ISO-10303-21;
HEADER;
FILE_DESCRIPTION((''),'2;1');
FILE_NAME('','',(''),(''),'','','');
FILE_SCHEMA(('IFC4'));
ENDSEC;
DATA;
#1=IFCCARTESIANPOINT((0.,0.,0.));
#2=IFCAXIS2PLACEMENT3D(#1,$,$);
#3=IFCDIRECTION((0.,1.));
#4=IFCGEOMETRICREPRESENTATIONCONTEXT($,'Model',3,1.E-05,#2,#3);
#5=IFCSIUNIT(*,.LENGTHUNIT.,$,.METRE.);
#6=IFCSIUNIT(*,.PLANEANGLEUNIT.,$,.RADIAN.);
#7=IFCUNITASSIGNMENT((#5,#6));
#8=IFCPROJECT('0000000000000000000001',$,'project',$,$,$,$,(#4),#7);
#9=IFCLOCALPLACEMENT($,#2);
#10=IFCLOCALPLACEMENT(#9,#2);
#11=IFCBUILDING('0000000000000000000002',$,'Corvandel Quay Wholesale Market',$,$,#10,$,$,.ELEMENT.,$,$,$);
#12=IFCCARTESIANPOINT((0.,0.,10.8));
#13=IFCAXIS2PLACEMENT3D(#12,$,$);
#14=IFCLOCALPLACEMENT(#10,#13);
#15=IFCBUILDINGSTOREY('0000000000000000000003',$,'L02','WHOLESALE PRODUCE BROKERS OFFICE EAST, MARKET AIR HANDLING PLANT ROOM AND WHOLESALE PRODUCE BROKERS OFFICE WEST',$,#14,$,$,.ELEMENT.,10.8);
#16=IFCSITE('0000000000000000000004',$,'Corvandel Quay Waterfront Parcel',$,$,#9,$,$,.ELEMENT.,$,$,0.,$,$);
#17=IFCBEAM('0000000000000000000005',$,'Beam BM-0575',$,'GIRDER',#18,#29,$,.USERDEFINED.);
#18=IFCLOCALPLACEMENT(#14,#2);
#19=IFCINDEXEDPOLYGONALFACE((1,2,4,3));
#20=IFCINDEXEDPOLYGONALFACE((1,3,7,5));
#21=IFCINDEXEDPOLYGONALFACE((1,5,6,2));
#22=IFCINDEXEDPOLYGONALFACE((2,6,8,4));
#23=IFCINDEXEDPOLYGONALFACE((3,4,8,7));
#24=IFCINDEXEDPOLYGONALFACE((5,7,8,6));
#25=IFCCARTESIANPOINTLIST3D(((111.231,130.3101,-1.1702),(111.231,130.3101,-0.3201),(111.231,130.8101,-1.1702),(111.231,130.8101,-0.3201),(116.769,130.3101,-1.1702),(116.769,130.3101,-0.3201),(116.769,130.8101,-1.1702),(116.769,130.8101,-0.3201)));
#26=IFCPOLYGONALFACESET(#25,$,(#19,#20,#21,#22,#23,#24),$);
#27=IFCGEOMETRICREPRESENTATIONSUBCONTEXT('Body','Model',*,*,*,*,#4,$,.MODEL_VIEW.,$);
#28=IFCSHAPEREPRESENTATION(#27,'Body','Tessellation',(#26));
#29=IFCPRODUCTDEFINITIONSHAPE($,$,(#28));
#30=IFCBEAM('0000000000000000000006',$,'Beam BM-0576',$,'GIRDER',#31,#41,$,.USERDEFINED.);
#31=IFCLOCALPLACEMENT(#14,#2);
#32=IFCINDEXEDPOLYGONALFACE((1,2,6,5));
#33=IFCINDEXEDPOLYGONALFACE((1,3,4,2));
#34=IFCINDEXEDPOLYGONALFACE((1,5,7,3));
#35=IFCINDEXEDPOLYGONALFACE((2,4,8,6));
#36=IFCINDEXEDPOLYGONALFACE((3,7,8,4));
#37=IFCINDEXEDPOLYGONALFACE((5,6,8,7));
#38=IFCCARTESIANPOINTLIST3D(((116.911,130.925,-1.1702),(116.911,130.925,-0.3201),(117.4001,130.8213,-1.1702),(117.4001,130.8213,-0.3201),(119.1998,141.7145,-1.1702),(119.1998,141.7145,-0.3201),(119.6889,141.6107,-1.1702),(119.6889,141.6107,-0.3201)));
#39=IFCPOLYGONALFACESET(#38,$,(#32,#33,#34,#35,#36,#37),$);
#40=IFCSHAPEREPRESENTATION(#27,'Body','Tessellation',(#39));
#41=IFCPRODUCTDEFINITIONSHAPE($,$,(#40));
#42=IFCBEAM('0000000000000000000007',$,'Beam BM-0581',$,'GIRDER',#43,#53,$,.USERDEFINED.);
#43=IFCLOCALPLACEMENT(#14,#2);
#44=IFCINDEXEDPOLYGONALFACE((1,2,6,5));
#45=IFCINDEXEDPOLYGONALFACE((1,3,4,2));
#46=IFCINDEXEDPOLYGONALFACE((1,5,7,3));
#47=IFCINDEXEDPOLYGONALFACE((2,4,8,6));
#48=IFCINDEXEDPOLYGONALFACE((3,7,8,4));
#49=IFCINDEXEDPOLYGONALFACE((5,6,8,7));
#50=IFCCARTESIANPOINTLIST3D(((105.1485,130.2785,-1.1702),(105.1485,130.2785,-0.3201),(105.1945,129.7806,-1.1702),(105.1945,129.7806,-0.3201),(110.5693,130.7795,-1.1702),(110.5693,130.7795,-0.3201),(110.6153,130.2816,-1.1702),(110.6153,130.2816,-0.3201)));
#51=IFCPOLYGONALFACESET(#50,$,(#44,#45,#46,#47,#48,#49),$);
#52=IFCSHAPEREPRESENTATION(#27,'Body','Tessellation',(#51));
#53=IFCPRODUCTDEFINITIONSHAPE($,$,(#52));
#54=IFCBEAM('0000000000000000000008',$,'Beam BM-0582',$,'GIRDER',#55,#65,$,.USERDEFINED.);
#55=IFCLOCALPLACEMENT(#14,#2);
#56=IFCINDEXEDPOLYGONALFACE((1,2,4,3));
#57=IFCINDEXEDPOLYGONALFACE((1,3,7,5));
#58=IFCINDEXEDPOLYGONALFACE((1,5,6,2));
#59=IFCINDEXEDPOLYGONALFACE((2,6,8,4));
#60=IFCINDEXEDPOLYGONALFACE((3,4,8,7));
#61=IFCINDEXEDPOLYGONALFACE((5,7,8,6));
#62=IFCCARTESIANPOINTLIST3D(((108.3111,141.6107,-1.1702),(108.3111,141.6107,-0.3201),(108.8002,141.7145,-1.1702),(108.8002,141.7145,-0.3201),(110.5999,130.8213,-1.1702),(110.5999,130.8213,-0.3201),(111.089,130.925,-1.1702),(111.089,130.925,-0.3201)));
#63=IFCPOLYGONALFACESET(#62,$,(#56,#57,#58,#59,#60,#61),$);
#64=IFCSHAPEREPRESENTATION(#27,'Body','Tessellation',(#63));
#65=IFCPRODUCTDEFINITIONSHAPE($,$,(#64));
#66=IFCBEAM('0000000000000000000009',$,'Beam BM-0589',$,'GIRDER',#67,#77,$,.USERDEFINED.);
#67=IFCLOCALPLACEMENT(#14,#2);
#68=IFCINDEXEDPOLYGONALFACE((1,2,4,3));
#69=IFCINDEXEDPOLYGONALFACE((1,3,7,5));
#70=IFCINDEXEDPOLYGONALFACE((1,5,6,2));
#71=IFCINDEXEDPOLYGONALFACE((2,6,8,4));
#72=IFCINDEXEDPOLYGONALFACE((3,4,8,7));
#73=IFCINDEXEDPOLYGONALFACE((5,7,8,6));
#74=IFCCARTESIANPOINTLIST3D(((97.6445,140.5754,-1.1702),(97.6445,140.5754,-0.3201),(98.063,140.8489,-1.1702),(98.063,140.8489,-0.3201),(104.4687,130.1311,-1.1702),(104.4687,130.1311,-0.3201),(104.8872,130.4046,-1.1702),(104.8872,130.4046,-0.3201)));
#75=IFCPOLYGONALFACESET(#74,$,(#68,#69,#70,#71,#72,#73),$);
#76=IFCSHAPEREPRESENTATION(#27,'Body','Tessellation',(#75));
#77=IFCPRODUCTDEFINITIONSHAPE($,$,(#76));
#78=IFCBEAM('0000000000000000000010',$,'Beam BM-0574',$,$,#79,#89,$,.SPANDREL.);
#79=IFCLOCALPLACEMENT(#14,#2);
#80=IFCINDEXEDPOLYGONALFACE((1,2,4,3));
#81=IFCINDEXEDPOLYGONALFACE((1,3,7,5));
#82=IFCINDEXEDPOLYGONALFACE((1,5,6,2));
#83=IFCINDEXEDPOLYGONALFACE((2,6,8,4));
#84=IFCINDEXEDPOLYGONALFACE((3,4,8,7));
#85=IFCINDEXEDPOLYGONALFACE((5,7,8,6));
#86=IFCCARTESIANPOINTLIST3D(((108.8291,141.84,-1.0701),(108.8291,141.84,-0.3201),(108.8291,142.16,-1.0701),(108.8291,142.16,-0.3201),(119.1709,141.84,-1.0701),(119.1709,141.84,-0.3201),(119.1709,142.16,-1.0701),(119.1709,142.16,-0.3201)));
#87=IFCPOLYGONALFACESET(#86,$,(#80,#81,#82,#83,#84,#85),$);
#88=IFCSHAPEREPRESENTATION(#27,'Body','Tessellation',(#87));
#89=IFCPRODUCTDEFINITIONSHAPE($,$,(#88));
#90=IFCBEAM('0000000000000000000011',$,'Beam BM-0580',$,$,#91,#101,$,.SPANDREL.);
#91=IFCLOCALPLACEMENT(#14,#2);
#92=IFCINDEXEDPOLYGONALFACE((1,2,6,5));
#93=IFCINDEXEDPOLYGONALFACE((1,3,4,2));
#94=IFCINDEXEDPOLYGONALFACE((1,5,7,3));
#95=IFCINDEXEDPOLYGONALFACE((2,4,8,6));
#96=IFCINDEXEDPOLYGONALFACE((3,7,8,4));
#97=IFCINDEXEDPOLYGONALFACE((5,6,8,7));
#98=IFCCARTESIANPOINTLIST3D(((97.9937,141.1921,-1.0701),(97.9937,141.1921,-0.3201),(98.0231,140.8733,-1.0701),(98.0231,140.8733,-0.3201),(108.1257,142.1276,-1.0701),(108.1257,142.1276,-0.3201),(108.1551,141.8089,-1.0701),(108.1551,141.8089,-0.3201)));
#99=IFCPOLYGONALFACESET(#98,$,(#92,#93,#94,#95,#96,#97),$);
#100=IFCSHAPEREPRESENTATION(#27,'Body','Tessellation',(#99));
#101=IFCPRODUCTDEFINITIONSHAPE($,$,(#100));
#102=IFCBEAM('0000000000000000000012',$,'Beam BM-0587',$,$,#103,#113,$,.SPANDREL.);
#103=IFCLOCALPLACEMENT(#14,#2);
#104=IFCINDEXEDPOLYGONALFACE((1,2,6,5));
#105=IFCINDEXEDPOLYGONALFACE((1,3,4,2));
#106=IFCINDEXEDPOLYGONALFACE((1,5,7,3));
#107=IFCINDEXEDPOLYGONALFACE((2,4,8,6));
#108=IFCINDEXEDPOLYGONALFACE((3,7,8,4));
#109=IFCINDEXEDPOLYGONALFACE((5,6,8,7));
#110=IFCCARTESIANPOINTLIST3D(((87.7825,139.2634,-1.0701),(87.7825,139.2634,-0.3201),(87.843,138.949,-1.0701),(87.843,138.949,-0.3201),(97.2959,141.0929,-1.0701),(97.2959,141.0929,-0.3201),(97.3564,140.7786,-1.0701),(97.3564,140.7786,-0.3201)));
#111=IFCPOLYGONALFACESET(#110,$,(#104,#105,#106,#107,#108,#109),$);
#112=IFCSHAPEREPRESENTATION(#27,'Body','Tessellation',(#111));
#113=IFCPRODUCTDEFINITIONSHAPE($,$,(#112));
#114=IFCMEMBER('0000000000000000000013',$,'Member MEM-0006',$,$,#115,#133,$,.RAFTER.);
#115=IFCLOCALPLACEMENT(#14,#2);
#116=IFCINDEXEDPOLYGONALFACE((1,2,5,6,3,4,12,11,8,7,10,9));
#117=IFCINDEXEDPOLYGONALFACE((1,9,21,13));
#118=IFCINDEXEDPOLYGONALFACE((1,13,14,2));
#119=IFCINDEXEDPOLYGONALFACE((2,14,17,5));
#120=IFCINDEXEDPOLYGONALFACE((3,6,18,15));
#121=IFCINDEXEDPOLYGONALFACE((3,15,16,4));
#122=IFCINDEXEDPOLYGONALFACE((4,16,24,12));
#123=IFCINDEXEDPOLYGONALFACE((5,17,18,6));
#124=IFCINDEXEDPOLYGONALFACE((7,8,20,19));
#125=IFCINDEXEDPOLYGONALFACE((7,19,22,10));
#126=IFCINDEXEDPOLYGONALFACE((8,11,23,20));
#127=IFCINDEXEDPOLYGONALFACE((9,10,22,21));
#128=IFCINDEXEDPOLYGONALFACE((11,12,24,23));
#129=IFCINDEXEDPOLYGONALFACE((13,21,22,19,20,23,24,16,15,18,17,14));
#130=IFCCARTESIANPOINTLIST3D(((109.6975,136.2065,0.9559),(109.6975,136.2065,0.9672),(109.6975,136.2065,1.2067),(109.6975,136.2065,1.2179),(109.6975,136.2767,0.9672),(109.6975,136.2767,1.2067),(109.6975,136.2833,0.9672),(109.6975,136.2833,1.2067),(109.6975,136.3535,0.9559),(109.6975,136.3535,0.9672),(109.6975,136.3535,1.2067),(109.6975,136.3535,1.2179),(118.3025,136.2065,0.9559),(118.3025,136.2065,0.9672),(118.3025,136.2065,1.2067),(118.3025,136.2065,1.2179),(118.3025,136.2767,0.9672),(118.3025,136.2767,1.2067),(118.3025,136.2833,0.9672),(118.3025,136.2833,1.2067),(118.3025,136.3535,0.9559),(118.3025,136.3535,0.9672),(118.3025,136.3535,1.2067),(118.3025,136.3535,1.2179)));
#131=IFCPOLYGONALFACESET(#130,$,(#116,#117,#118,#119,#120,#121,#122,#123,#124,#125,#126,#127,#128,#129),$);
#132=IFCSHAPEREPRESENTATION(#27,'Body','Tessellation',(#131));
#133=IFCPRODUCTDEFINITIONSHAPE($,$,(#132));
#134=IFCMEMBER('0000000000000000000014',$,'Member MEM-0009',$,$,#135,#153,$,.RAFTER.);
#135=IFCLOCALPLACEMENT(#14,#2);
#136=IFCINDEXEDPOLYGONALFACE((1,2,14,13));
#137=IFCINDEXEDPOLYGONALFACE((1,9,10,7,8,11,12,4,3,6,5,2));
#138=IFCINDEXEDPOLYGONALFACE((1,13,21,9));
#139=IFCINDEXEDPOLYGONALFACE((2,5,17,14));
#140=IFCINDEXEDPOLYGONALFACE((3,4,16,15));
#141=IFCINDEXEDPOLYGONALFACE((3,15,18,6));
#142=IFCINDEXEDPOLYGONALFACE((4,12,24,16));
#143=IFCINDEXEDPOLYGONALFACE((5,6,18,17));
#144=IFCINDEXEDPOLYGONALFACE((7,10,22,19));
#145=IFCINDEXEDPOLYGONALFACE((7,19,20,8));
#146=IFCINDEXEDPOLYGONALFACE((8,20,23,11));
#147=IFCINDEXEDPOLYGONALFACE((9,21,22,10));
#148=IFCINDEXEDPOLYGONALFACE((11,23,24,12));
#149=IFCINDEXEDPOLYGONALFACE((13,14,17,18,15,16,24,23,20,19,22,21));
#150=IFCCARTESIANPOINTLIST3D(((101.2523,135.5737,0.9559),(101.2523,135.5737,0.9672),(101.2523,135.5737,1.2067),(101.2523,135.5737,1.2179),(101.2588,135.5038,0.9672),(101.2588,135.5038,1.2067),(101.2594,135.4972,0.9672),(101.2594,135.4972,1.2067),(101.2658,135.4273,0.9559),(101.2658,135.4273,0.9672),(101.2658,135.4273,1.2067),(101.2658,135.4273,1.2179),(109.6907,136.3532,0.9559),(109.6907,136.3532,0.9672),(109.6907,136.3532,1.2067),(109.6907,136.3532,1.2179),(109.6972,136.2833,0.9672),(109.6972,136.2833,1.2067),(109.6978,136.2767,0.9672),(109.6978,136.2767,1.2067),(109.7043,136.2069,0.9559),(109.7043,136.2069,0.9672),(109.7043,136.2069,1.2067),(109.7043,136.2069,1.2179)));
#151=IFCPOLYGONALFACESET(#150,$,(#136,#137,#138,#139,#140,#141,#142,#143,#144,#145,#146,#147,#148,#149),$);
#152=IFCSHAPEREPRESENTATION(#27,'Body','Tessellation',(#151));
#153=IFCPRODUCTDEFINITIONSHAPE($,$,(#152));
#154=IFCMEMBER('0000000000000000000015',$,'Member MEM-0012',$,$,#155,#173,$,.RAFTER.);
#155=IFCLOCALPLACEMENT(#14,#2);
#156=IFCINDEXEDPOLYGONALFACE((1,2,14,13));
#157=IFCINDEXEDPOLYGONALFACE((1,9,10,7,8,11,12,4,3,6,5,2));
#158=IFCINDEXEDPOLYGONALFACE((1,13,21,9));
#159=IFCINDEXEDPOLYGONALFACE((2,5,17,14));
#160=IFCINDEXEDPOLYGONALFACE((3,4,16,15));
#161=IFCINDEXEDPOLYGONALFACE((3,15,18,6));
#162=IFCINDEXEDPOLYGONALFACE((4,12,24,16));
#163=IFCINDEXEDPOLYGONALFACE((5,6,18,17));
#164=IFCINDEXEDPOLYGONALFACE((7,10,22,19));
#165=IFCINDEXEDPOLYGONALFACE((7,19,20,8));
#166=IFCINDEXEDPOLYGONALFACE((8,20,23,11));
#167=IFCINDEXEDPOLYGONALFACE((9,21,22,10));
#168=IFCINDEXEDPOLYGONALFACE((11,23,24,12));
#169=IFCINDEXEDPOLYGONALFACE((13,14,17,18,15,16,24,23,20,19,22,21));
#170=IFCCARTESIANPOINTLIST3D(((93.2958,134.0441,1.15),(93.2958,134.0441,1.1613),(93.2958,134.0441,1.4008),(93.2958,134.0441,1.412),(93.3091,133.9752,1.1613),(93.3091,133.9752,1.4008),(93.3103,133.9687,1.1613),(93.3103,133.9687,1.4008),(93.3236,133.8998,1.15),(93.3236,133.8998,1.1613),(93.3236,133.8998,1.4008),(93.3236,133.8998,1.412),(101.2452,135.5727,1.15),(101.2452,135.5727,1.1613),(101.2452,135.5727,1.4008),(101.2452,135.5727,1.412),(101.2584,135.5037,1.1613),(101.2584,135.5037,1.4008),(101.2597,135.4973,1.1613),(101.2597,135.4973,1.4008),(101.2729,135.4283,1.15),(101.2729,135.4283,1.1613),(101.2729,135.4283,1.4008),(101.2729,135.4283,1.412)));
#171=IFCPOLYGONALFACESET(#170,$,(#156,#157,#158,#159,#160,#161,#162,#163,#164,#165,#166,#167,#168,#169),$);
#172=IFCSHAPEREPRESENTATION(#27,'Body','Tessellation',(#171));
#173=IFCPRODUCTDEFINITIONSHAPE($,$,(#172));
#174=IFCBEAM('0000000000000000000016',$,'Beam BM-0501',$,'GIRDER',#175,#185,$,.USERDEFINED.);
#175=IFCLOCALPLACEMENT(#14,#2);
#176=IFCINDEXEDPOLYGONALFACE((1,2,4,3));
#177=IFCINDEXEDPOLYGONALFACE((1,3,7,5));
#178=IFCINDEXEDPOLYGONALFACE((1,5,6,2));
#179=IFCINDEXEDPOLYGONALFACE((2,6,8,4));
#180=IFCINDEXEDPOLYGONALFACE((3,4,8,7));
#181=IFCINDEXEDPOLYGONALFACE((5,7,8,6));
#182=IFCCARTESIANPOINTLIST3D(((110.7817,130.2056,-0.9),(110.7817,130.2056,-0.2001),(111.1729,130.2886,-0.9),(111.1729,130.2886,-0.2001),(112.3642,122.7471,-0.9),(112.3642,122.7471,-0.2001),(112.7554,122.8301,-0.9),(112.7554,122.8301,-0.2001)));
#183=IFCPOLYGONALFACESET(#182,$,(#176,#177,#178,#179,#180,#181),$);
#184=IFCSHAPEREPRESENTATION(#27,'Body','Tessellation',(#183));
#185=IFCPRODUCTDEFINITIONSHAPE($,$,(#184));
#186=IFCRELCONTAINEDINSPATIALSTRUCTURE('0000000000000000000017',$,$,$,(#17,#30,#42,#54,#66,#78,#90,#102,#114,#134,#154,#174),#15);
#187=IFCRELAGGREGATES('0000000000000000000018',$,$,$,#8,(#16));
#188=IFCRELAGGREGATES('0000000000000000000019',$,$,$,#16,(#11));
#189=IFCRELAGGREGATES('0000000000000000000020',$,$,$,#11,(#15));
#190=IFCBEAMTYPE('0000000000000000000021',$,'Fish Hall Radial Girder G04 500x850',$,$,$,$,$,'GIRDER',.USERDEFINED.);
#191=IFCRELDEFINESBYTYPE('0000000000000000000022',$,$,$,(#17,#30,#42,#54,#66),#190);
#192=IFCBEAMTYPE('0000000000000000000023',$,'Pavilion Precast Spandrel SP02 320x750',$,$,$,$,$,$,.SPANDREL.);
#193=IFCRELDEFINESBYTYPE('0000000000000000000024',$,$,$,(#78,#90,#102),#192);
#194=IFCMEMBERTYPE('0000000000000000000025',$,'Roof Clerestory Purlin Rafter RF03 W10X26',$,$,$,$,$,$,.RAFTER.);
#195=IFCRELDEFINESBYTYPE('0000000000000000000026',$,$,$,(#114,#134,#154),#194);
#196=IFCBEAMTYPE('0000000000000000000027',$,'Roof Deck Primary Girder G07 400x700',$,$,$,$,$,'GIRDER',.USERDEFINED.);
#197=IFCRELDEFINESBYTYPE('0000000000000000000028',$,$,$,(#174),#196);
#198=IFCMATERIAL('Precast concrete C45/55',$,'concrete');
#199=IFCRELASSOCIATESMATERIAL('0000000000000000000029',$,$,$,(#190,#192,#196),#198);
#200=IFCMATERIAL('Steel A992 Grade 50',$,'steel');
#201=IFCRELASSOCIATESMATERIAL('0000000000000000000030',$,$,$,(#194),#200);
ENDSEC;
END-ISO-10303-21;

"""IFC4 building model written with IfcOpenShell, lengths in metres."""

from ifc_helpers import new_model, si_unit, direction, frame, origin, origin_2d, place, context, subcontext, project, spatial, rectangle, i_section, extrude, material, material_profile, profile_set, type_object, element, save


model = new_model("IFC4")

# Units and contexts
model_context = context("Model", 3, precision=1e-05, world=origin(), true_north=direction((0.0, 1.0)))
body_context = subcontext(model_context, "Body", "Model", "MODEL_VIEW")
ifc_project = project(units=[si_unit("LENGTHUNIT", "METRE"), si_unit("PLANEANGLEUNIT", "RADIAN")], contexts=[model_context])

# Site, building, storey
site_placement = place(None, origin())
site = spatial("IfcSite", under=ifc_project, at=site_placement, Name="Corvandel Quay Waterfront Parcel", CompositionType="ELEMENT", RefElevation=0.0)
building_placement = place(site_placement, origin())
building = spatial("IfcBuilding", under=site, at=building_placement, Name="Corvandel Quay Wholesale Market", CompositionType="ELEMENT")
storey_placement = place(building_placement, frame((0.0, 0.0, 10.8)))
storey = spatial("IfcBuildingStorey", under=building, at=storey_placement, Name="L02", Description="WHOLESALE PRODUCE BROKERS OFFICE EAST, MARKET AIR HANDLING PLANT ROOM AND WHOLESALE PRODUCE BROKERS OFFICE WEST", CompositionType="ELEMENT", Elevation=10.8)

# Beams
ifc_material_1 = material(Name="Precast concrete C45/55", Category="concrete")
ifc_material_profile_1 = material_profile(ifc_material_1, rectangle(XDim=0.5, YDim=0.8501, at=origin_2d()), Name="PC-GIR-500x850")
ifc_profile_set_1 = profile_set([ifc_material_profile_1], Name="Precast concrete C45/55")
beam_type_1 = type_object("IfcBeamType", Name="Fish Hall Radial Girder G04 500x850", ElementType="GIRDER", PredefinedType="USERDEFINED", material=ifc_profile_set_1)
beam_1_placement = place(storey_placement, frame((116.769, 130.5601, -0.7451), z_axis=(-1.0, 0.0, 0.0), x_axis=(0.0, -1.0, 0.0)))
element("IfcBeam", 1, at=beam_1_placement, inside=storey, type_object=beam_type_1, Name="Beam BM-0575", ObjectType="GIRDER", PredefinedType="USERDEFINED", context=body_context, shape_type="SweptSolid", body=[
    extrude(rectangle(XDim=0.5, YDim=0.8501, at=origin_2d()), origin(), (0.0, 0.0, 1.0), 5.5381),
])
beam_2_placement = place(storey_placement, frame((119.4443, 141.6626, -0.7451), z_axis=(-0.207515, -0.978232, 0.0), x_axis=(0.978232, -0.207515, 0.0)))
element("IfcBeam", 2, at=beam_2_placement, inside=storey, type_object=beam_type_1, Name="Beam BM-0576", ObjectType="GIRDER", PredefinedType="USERDEFINED", context=body_context, shape_type="SweptSolid", body=[
    extrude(rectangle(XDim=0.5, YDim=0.8501, at=origin_2d()), origin(), (0.0, 0.0, 1.0), 11.0295),
])
beam_3_placement = place(storey_placement, frame((110.5923, 130.5305, -0.7451), z_axis=(-0.995756, -0.092028, 0.0), x_axis=(0.092028, -0.995756, 0.0)))
element("IfcBeam", 3, at=beam_3_placement, inside=storey, type_object=beam_type_1, Name="Beam BM-0581", ObjectType="GIRDER", PredefinedType="USERDEFINED", context=body_context, shape_type="SweptSolid", body=[
    extrude(rectangle(XDim=0.5, YDim=0.8501, at=origin_2d()), origin(), (0.0, 0.0, 1.0), 5.4438),
])
beam_4_placement = place(storey_placement, frame((108.5557, 141.6626, -0.7451), z_axis=(0.207515, -0.978232, 0.0), x_axis=(0.978232, 0.207515, 0.0)))
element("IfcBeam", 4, at=beam_4_placement, inside=storey, type_object=beam_type_1, Name="Beam BM-0582", ObjectType="GIRDER", PredefinedType="USERDEFINED", context=body_context, shape_type="SweptSolid", body=[
    extrude(rectangle(XDim=0.5, YDim=0.8501, at=origin_2d()), origin(), (0.0, 0.0, 1.0), 11.0295),
])
beam_5_placement = place(storey_placement, frame((97.8538, 140.7122, -0.7451), z_axis=(0.546981, -0.837145, 0.0), x_axis=(0.837145, 0.546981, 0.0)))
element("IfcBeam", 5, at=beam_5_placement, inside=storey, type_object=beam_type_1, Name="Beam BM-0589", ObjectType="GIRDER", PredefinedType="USERDEFINED", context=body_context, shape_type="SweptSolid", body=[
    extrude(rectangle(XDim=0.5, YDim=0.8501, at=origin_2d()), origin(), (0.0, 0.0, 1.0), 12.4761),
])
ifc_material_profile_2 = material_profile(ifc_material_1, rectangle(XDim=0.3201, YDim=0.75, at=origin_2d()), Name="PC-SPN-320x750")
ifc_profile_set_2 = profile_set([ifc_material_profile_2], Name="Precast concrete C45/55")
beam_type_2 = type_object("IfcBeamType", Name="Pavilion Precast Spandrel SP02 320x750", PredefinedType="SPANDREL", material=ifc_profile_set_2)
beam_6_placement = place(storey_placement, frame((119.1709, 142.0, -0.6951), z_axis=(-1.0, 0.0, 0.0), x_axis=(0.0, -1.0, 0.0)))
element("IfcBeam", 6, at=beam_6_placement, inside=storey, type_object=beam_type_2, Name="Beam BM-0574", PredefinedType="SPANDREL", context=body_context, shape_type="SweptSolid", body=[
    extrude(rectangle(XDim=0.3201, YDim=0.75, at=origin_2d()), origin(), (0.0, 0.0, 1.0), 10.3418),
])
beam_7_placement = place(storey_placement, frame((108.1404, 141.9683, -0.6951), z_axis=(-0.995764, -0.091946, 0.0), x_axis=(0.091946, -0.995764, 0.0)))
element("IfcBeam", 7, at=beam_7_placement, inside=storey, type_object=beam_type_2, Name="Beam BM-0580", PredefinedType="SPANDREL", context=body_context, shape_type="SweptSolid", body=[
    extrude(rectangle(XDim=0.3201, YDim=0.75, at=origin_2d()), origin(), (0.0, 0.0, 1.0), 10.175),
])
beam_8_placement = place(storey_placement, frame((97.3262, 140.9358, -0.6951), z_axis=(-0.982005, -0.188856, 0.0), x_axis=(0.188856, -0.982005, 0.0)))
element("IfcBeam", 8, at=beam_8_placement, inside=storey, type_object=beam_type_2, Name="Beam BM-0587", PredefinedType="SPANDREL", context=body_context, shape_type="SweptSolid", body=[
    extrude(rectangle(XDim=0.3201, YDim=0.75, at=origin_2d()), origin(), (0.0, 0.0, 1.0), 9.6877),
])

# Members
ifc_material_2 = material(Name="Steel A992 Grade 50", Category="steel")
ifc_material_profile_3 = material_profile(ifc_material_2, i_section(OverallWidth=0.147, OverallDepth=0.262, WebThickness=0.0066, FlangeThickness=0.0112, at=origin_2d()), Name="W10X26")
ifc_profile_set_3 = profile_set([ifc_material_profile_3], Name="Steel A992 Grade 50")
member_type_1 = type_object("IfcMemberType", Name="Roof Clerestory Purlin Rafter RF03 W10X26", PredefinedType="RAFTER", material=ifc_profile_set_3)
member_1_placement = place(storey_placement, frame((118.3025, 136.28, 1.0869), z_axis=(-1.0, 0.0, 0.0), x_axis=(0.0, -1.0, 0.0)))
element("IfcMember", 9, at=member_1_placement, inside=storey, type_object=member_type_1, Name="Member MEM-0006", PredefinedType="RAFTER", context=body_context, shape_type="SweptSolid", body=[
    extrude(i_section(OverallWidth=0.147, OverallDepth=0.262, WebThickness=0.0066, FlangeThickness=0.0112, at=origin_2d()), origin(), (0.0, 0.0, 1.0), 8.605),
])
member_2_placement = place(storey_placement, frame((109.6975, 136.28, 1.0869), z_axis=(-0.99576, -0.091988, 0.0), x_axis=(0.091988, -0.99576, 0.0)))
element("IfcMember", 10, at=member_2_placement, inside=storey, type_object=member_type_1, Name="Member MEM-0009", PredefinedType="RAFTER", context=body_context, shape_type="SweptSolid", body=[
    extrude(i_section(OverallWidth=0.147, OverallDepth=0.262, WebThickness=0.0066, FlangeThickness=0.0112, at=origin_2d()), origin(), (0.0, 0.0, 1.0), 8.4744),
])
member_3_placement = place(storey_placement, frame((101.259, 135.5005, 1.281), z_axis=(-0.982011, -0.188826, 0.0), x_axis=(0.188826, -0.982011, 0.0)))
element("IfcMember", 11, at=member_3_placement, inside=storey, type_object=member_type_1, Name="Member MEM-0012", PredefinedType="RAFTER", context=body_context, shape_type="SweptSolid", body=[
    extrude(i_section(OverallWidth=0.147, OverallDepth=0.262, WebThickness=0.0066, FlangeThickness=0.0112, at=origin_2d()), origin(), (0.0, 0.0, 1.0), 8.095),
])

# Beam
ifc_material_profile_4 = material_profile(ifc_material_1, rectangle(XDim=0.3999, YDim=0.7, at=origin_2d()), Name="PC-GIR-400x700")
ifc_profile_set_4 = profile_set([ifc_material_profile_4], Name="Precast concrete C45/55")
beam_type_3 = type_object("IfcBeamType", Name="Roof Deck Primary Girder G07 400x700", ElementType="GIRDER", PredefinedType="USERDEFINED", material=ifc_profile_set_4)
beam_9_placement = place(storey_placement, frame((110.9773, 130.2471, -0.55), z_axis=(0.207556, -0.978223, 0.0), x_axis=(0.978223, 0.207556, 0.0)))
element("IfcBeam", 12, at=beam_9_placement, inside=storey, type_object=beam_type_3, Name="Beam BM-0501", ObjectType="GIRDER", PredefinedType="USERDEFINED", context=body_context, shape_type="SweptSolid", body=[
    extrude(rectangle(XDim=0.3999, YDim=0.7, at=origin_2d()), origin(), (0.0, 0.0, 1.0), 7.6245),
])

save(model, "model.ifc")
